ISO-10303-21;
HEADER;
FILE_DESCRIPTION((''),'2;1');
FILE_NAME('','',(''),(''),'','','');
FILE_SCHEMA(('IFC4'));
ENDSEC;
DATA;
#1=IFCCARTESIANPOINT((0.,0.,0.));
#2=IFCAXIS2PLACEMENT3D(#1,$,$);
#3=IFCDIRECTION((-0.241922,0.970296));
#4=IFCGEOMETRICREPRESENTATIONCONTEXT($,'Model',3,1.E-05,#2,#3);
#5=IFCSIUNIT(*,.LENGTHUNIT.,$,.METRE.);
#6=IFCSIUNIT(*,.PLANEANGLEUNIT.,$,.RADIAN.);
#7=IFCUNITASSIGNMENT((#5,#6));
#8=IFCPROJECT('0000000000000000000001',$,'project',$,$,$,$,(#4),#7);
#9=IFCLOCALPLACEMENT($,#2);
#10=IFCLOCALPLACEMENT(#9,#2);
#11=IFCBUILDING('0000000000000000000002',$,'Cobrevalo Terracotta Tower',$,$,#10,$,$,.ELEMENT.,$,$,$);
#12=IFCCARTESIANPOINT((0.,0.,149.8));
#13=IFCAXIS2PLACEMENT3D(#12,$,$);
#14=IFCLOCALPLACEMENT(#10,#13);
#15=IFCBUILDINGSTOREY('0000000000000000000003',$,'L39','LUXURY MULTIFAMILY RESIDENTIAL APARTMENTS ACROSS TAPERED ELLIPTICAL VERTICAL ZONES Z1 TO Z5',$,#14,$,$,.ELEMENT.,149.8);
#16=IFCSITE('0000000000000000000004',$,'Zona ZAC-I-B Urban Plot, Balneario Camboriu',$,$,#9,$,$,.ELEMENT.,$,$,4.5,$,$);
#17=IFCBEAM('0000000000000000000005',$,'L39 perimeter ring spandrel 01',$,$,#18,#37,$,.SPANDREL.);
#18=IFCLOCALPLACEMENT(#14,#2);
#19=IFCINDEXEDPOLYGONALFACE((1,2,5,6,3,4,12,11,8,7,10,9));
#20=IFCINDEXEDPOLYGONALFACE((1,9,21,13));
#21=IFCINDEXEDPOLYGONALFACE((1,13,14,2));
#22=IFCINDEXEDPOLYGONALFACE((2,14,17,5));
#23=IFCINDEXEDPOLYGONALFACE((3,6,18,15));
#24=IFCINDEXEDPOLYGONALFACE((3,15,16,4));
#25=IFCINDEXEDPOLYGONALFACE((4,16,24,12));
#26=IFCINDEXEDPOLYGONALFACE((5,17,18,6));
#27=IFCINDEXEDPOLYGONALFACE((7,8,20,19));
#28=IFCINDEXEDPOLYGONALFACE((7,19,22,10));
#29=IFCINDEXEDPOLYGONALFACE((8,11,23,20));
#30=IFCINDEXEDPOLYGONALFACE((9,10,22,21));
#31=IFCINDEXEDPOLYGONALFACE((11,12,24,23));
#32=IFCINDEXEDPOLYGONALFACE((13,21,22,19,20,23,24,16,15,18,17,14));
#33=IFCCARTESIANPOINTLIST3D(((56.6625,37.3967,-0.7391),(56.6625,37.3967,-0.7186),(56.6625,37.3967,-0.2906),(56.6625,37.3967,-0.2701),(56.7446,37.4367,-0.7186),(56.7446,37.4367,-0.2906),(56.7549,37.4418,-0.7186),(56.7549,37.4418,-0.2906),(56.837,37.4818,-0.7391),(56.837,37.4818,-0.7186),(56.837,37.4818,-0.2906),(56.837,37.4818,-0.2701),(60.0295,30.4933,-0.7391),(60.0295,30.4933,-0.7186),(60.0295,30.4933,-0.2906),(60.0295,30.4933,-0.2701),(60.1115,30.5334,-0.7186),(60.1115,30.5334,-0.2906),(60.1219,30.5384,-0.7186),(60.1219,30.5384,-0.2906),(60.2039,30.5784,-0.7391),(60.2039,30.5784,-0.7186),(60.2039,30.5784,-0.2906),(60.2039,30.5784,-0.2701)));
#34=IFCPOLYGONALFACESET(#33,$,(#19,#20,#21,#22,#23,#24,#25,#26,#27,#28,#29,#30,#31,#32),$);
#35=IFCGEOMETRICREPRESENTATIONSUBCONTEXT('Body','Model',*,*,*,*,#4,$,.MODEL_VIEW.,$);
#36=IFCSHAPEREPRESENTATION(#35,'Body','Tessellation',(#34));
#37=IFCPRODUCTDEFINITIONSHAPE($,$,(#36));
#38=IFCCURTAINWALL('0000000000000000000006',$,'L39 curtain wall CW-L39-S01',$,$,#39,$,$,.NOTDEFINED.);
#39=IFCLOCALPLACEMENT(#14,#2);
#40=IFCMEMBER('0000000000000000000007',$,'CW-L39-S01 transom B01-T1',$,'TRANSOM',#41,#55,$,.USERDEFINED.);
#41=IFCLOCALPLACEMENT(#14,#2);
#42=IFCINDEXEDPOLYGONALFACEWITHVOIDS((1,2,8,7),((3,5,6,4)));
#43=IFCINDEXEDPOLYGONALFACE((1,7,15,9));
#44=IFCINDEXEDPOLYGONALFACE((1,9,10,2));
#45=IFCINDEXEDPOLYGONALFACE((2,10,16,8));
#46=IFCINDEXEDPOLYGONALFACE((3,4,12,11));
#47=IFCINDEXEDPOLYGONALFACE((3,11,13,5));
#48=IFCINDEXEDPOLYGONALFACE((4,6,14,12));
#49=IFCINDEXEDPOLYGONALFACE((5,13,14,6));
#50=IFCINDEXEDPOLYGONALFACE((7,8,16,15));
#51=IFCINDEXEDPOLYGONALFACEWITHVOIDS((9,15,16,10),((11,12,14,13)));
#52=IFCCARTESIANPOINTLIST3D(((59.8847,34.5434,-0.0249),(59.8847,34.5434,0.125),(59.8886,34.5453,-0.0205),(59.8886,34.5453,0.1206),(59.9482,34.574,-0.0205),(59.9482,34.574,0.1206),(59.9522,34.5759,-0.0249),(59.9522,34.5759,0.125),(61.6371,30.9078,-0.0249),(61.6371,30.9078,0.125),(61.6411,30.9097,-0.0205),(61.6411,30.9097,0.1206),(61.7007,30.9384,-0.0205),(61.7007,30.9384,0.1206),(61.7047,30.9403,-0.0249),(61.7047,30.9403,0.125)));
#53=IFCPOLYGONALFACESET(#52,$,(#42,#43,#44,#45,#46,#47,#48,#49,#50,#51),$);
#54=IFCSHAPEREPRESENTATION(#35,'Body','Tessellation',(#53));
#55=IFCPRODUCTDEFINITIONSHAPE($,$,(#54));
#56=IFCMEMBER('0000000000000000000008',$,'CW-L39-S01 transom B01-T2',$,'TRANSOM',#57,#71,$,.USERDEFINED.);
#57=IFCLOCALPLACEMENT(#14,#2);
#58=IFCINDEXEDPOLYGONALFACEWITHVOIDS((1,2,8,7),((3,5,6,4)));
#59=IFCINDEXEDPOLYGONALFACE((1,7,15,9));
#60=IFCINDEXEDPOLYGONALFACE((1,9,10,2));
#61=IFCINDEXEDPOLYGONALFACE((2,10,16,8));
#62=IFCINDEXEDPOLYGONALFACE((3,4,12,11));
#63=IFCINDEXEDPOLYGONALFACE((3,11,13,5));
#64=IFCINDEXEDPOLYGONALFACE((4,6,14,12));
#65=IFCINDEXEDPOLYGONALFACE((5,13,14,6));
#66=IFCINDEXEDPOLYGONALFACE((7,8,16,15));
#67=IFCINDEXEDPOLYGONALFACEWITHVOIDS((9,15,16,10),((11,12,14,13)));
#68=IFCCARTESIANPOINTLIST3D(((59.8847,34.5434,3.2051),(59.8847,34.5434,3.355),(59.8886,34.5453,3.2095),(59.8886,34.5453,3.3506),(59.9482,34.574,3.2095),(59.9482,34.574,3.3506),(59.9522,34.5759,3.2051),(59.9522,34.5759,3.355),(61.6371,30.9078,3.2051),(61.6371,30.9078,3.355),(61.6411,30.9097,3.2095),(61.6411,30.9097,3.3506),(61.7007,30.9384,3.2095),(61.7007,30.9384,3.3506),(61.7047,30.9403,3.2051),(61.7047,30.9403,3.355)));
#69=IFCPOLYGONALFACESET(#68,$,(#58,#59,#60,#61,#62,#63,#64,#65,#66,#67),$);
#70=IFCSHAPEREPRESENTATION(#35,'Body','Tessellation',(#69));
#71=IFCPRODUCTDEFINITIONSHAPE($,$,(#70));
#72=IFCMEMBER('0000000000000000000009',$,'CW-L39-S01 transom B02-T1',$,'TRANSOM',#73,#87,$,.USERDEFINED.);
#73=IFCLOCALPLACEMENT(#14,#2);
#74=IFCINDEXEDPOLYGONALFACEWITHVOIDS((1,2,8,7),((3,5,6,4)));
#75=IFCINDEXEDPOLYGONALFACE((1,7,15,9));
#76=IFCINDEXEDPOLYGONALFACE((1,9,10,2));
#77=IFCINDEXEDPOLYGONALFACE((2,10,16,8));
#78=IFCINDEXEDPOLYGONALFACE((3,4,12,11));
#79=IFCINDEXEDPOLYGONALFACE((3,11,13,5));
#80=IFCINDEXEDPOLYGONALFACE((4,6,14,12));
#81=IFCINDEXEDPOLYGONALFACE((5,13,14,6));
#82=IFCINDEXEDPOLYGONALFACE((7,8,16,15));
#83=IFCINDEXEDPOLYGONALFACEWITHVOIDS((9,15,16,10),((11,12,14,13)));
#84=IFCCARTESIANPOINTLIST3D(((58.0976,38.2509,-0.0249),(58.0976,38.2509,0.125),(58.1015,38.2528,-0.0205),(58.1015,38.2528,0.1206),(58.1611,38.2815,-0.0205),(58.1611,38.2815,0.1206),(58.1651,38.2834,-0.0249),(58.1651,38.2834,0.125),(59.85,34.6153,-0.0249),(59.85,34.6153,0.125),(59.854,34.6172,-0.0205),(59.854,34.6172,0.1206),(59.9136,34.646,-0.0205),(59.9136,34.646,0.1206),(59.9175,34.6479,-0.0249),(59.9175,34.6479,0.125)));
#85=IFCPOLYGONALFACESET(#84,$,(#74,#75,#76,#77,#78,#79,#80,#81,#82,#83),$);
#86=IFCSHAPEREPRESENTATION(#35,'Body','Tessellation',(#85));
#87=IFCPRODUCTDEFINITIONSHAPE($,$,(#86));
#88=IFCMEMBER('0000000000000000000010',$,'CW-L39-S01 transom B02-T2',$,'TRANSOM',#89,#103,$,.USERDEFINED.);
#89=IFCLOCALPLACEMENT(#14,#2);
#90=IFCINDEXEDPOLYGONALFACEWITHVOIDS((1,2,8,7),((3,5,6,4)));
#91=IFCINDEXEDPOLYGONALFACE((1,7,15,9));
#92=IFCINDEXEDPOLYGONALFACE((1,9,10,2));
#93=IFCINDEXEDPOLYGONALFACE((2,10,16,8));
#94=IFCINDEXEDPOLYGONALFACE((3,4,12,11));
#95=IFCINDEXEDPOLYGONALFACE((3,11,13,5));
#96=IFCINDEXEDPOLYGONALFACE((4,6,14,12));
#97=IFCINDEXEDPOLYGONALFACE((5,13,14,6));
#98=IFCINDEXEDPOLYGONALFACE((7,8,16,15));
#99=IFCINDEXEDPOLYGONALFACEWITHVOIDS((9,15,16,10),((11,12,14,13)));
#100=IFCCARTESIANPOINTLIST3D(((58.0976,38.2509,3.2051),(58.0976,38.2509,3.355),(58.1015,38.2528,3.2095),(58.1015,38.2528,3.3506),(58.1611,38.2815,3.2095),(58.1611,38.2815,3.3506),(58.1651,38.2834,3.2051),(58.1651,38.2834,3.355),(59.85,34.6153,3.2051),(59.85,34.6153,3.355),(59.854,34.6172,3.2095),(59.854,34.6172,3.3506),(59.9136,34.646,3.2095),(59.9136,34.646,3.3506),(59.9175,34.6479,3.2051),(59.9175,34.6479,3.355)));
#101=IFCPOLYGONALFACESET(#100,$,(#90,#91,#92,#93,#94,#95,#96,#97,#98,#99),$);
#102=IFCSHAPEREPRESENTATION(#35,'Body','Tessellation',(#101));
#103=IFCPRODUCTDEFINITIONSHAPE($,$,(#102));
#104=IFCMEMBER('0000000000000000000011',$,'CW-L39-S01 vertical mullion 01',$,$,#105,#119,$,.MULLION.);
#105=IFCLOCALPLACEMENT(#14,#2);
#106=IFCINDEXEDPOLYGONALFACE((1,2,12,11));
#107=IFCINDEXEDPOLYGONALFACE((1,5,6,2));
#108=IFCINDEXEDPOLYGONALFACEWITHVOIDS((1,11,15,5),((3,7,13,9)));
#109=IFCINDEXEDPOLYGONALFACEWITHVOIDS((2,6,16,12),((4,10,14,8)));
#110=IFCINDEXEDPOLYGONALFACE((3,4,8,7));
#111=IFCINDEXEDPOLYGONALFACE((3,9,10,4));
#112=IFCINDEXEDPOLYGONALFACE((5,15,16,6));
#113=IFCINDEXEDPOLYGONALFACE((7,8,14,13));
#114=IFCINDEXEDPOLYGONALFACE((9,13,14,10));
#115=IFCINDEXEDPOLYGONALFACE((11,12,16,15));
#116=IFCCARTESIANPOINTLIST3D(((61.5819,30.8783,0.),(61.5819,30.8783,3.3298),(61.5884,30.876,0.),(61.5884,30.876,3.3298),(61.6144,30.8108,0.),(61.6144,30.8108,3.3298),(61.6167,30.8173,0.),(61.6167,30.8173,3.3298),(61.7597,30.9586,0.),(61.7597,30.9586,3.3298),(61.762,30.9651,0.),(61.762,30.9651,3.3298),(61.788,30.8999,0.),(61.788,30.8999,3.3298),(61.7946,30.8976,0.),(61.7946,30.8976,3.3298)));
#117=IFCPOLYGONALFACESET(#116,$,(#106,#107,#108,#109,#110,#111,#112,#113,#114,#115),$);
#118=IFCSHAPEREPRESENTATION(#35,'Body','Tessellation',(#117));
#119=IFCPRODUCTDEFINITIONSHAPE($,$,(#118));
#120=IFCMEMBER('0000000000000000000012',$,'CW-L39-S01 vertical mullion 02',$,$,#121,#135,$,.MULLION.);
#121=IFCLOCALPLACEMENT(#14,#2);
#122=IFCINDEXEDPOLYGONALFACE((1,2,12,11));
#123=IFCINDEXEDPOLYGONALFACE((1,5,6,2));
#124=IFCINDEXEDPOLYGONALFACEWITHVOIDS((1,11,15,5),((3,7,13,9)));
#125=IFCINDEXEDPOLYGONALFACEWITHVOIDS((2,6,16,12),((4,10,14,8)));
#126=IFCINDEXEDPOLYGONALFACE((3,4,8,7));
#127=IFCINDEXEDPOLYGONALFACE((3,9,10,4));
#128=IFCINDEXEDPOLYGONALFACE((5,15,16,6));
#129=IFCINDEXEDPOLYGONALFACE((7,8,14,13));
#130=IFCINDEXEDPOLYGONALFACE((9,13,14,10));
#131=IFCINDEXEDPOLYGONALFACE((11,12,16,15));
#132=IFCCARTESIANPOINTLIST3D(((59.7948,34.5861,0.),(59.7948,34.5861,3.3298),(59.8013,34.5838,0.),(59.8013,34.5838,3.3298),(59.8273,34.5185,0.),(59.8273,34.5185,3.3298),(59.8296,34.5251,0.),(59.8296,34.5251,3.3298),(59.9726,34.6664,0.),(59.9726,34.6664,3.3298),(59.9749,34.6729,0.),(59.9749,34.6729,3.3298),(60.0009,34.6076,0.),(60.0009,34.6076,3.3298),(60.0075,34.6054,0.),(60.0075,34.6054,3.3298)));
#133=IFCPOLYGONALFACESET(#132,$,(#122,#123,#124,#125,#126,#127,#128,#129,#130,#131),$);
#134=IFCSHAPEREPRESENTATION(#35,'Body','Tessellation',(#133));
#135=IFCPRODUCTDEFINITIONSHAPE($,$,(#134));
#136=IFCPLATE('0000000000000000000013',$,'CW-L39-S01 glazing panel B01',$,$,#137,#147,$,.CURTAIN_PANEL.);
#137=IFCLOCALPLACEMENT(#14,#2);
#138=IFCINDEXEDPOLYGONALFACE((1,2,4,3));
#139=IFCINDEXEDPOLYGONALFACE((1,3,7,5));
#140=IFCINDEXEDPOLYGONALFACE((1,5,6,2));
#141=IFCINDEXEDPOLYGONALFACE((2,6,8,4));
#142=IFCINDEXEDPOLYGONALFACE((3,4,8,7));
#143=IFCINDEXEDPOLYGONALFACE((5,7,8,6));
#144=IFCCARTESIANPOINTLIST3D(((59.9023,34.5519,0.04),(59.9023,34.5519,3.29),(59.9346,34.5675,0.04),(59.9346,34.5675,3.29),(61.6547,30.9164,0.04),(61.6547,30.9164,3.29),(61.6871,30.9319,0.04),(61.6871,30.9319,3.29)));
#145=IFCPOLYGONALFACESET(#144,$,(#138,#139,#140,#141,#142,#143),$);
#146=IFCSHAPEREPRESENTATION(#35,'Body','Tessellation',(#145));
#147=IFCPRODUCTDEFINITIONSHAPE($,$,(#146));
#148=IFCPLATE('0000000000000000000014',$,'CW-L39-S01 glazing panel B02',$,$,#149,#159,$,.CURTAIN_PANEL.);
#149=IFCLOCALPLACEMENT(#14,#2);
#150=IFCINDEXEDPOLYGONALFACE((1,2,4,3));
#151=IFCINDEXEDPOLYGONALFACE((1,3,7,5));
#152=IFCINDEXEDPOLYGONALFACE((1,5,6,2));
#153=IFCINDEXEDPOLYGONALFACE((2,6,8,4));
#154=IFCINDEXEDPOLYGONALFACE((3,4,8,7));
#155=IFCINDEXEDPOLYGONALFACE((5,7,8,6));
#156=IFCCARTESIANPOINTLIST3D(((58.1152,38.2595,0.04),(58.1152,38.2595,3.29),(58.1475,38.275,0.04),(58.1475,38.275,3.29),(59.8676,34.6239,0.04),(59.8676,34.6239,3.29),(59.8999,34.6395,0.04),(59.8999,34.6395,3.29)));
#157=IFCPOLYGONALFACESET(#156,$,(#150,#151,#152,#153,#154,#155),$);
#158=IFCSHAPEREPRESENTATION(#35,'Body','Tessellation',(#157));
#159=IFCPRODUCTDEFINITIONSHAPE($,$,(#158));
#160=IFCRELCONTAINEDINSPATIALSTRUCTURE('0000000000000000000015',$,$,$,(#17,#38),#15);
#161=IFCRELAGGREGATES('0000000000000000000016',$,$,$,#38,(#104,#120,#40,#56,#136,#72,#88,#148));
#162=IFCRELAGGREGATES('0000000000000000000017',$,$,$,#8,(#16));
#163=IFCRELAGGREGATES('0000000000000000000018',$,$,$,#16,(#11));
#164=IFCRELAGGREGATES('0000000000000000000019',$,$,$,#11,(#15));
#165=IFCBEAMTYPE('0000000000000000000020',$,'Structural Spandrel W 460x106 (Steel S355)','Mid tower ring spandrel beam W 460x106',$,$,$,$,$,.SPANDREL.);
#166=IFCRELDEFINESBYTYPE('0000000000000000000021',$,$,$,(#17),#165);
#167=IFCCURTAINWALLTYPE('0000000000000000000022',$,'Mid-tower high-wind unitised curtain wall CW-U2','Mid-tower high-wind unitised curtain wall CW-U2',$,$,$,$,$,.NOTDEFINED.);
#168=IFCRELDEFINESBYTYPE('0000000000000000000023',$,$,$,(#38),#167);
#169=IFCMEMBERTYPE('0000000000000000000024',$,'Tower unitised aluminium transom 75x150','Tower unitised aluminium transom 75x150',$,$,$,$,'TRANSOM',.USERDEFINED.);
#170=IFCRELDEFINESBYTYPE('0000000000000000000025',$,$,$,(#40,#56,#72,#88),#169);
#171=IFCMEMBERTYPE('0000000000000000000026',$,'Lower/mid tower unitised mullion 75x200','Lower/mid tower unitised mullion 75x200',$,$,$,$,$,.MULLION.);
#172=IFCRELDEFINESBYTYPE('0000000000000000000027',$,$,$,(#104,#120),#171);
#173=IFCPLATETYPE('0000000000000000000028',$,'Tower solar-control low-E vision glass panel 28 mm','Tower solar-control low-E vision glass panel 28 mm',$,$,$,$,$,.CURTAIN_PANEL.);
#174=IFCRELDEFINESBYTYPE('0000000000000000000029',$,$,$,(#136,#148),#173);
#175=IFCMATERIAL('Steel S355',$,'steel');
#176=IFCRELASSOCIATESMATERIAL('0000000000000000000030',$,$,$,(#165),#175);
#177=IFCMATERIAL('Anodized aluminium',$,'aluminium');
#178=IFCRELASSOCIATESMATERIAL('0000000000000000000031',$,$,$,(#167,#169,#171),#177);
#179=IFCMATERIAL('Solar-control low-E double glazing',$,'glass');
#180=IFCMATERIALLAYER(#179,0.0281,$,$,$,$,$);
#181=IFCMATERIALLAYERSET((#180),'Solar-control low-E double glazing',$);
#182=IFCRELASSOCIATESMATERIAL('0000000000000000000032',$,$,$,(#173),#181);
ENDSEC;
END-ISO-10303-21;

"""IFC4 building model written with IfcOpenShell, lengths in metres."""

from ifc_helpers import new_model, si_unit, direction, frame, origin, origin_2d, place, context, subcontext, project, spatial, rectangle, hollow_rectangle, i_section, extrude, source, transform, mapped, material, layer, layer_set, material_profile, profile_set, type_object, element, aggregate, save


model = new_model("IFC4")

# Units and contexts
model_context = context("Model", 3, precision=1e-05, world=origin(), true_north=direction((-0.241922, 0.970296)))
body_context = subcontext(model_context, "Body", "Model", "MODEL_VIEW")
ifc_project = project(units=[si_unit("LENGTHUNIT", "METRE"), si_unit("PLANEANGLEUNIT", "RADIAN")], contexts=[model_context])

# Site, building, storey
site_placement = place(None, origin())
site = spatial("IfcSite", under=ifc_project, at=site_placement, Name="Zona ZAC-I-B Urban Plot, Balneario Camboriu", CompositionType="ELEMENT", RefElevation=4.5)
building_placement = place(site_placement, origin())
building = spatial("IfcBuilding", under=site, at=building_placement, Name="Cobrevalo Terracotta Tower", CompositionType="ELEMENT")
storey_placement = place(building_placement, frame((0.0, 0.0, 149.8)))
storey = spatial("IfcBuildingStorey", under=building, at=storey_placement, Name="L39", Description="LUXURY MULTIFAMILY RESIDENTIAL APARTMENTS ACROSS TAPERED ELLIPTICAL VERTICAL ZONES Z1 TO Z5", CompositionType="ELEMENT", Elevation=149.8)

# Shared definitions
ifc_material_1 = material(Name="Steel S355", Category="steel")

# Beam
ifc_material_profile_1 = material_profile(ifc_material_1, i_section(OverallWidth=0.1941, OverallDepth=0.469, WebThickness=0.0115, FlangeThickness=0.0205, at=origin_2d()), Name="W 460x106")
ifc_profile_set_1 = profile_set([ifc_material_profile_1], Name="Steel S355")
beam_type_1 = type_object("IfcBeamType", Name="Structural Spandrel W 460x106 (Steel S355)", Description="Mid tower ring spandrel beam W 460x106", PredefinedType="SPANDREL", material=ifc_profile_set_1)
beam_1_placement = place(storey_placement, frame((60.1167, 30.5359, -0.5046), z_axis=(-0.438368, 0.898796, 0.0), x_axis=(-0.898796, -0.438368, 0.0)))
element("IfcBeam", 1, at=beam_1_placement, inside=storey, type_object=beam_type_1, Name="L39 perimeter ring spandrel 01", PredefinedType="SPANDREL", context=body_context, shape_type="SweptSolid", body=[
    extrude(i_section(OverallWidth=0.1941, OverallDepth=0.469, WebThickness=0.0115, FlangeThickness=0.0205, at=origin_2d()), origin(), (0.0, 0.0, 1.0), 7.6807),
])

# Curtain wall, members, plates
ifc_material_2 = material(Name="Anodized aluminium", Category="aluminium")
curtain_wall_type = type_object("IfcCurtainWallType", Name="Mid-tower high-wind unitised curtain wall CW-U2", Description="Mid-tower high-wind unitised curtain wall CW-U2", PredefinedType="NOTDEFINED", material=ifc_material_2)
curtain_wall_placement = place(storey_placement, origin())
curtain_wall = element("IfcCurtainWall", 2, at=curtain_wall_placement, inside=storey, type_object=curtain_wall_type, Name="L39 curtain wall CW-L39-S01", PredefinedType="NOTDEFINED")
ifc_material_profile_2 = material_profile(ifc_material_2, hollow_rectangle(XDim=0.075, YDim=0.1499, WallThickness=0.0044, at=origin_2d()), Name="CWT 75x150")
ifc_profile_set_2 = profile_set([ifc_material_profile_2], Name="Anodized aluminium")
member_type_1 = type_object("IfcMemberType", Name="Tower unitised aluminium transom 75x150", Description="Tower unitised aluminium transom 75x150", ElementType="TRANSOM", PredefinedType="USERDEFINED", material=ifc_profile_set_2)
shared_shape_1 = source(origin(), body_context, "Body", "SweptSolid", [
    extrude(hollow_rectangle(XDim=0.075, YDim=0.1499, WallThickness=0.0044, at=origin_2d()), origin(), (0.0, 0.0, 1.0), 4.0359),
])
member_1_placement = place(storey_placement, frame((61.6709, 30.9241, 0.05), z_axis=(-0.434221, 0.900806, 0.0), x_axis=(-0.900806, -0.434221, 0.0)))
member_1 = element("IfcMember", 3, at=member_1_placement, type_object=member_type_1, Name="CW-L39-S01 transom B01-T1", ObjectType="TRANSOM", PredefinedType="USERDEFINED", context=body_context, shape_type="MappedRepresentation", body=[
    mapped(shared_shape_1, transform((0.0, 0.0, 0.0), scale=1.0)),
])
member_2_placement = place(storey_placement, frame((61.6709, 30.9241, 3.28), z_axis=(-0.434221, 0.900806, 0.0), x_axis=(-0.900806, -0.434221, 0.0)))
member_2 = element("IfcMember", 4, at=member_2_placement, type_object=member_type_1, Name="CW-L39-S01 transom B01-T2", ObjectType="TRANSOM", PredefinedType="USERDEFINED", context=body_context, shape_type="MappedRepresentation", body=[
    mapped(shared_shape_1, transform((0.0, 0.0, 0.0), scale=1.0)),
])
member_3_placement = place(storey_placement, frame((59.8838, 34.6316, 0.05), z_axis=(-0.434221, 0.900806, 0.0), x_axis=(-0.900806, -0.434221, 0.0)))
member_3 = element("IfcMember", 5, at=member_3_placement, type_object=member_type_1, Name="CW-L39-S01 transom B02-T1", ObjectType="TRANSOM", PredefinedType="USERDEFINED", context=body_context, shape_type="MappedRepresentation", body=[
    mapped(shared_shape_1, transform((0.0, 0.0, 0.0), scale=1.0)),
])
member_4_placement = place(storey_placement, frame((59.8838, 34.6316, 3.28), z_axis=(-0.434221, 0.900806, 0.0), x_axis=(-0.900806, -0.434221, 0.0)))
member_4 = element("IfcMember", 6, at=member_4_placement, type_object=member_type_1, Name="CW-L39-S01 transom B02-T2", ObjectType="TRANSOM", PredefinedType="USERDEFINED", context=body_context, shape_type="MappedRepresentation", body=[
    mapped(shared_shape_1, transform((0.0, 0.0, 0.0), scale=1.0)),
])
ifc_material_profile_3 = material_profile(ifc_material_2, hollow_rectangle(XDim=0.075, YDim=0.2, WallThickness=0.0049, at=origin_2d()), Name="CWM 75x200")
ifc_profile_set_3 = profile_set([ifc_material_profile_3], Name="Anodized aluminium")
member_type_2 = type_object("IfcMemberType", Name="Lower/mid tower unitised mullion 75x200", Description="Lower/mid tower unitised mullion 75x200", PredefinedType="MULLION", material=ifc_profile_set_3)
shared_shape_2 = source(origin(), body_context, "Body", "SweptSolid", [
    extrude(hollow_rectangle(XDim=0.075, YDim=0.2, WallThickness=0.0049, at=origin_2d()), origin(), (0.0, 0.0, 1.0), 3.3298),
])
member_5_placement = place(storey_placement, frame((61.6882, 30.8879, 0.0), z_axis=(0.0, 0.0, 1.0), x_axis=(-0.434209, 0.900812, 0.0)))
member_5 = element("IfcMember", 7, at=member_5_placement, type_object=member_type_2, Name="CW-L39-S01 vertical mullion 01", PredefinedType="MULLION", context=body_context, shape_type="MappedRepresentation", body=[
    mapped(shared_shape_2, transform((0.0, 0.0, 0.0), scale=1.0)),
])
member_6_placement = place(storey_placement, frame((59.9011, 34.5957, 0.0), z_axis=(0.0, 0.0, 1.0), x_axis=(-0.434209, 0.900812, 0.0)))
member_6 = element("IfcMember", 8, at=member_6_placement, type_object=member_type_2, Name="CW-L39-S01 vertical mullion 02", PredefinedType="MULLION", context=body_context, shape_type="MappedRepresentation", body=[
    mapped(shared_shape_2, transform((0.0, 0.0, 0.0), scale=1.0)),
])
ifc_material_3 = material(Name="Solar-control low-E double glazing", Category="glass")
ifc_layer_1 = layer(ifc_material_3, 0.0281)
ifc_layer_set_1 = layer_set([ifc_layer_1], Name="Solar-control low-E double glazing")
plate_type = type_object("IfcPlateType", Name="Tower solar-control low-E vision glass panel 28 mm", Description="Tower solar-control low-E vision glass panel 28 mm", PredefinedType="CURTAIN_PANEL", material=ifc_layer_set_1)
shared_shape_3 = source(origin(), body_context, "Body", "SweptSolid", [
    extrude(rectangle(XDim=4.0359, YDim=0.0359, at=origin_2d()), origin(), (0.0, 0.0, 1.0), 3.25),
])
plate_1_placement = place(storey_placement, frame((60.7947, 32.7419, 0.04), z_axis=(0.0, 0.0, 1.0), x_axis=(-0.434209, 0.900812, 0.0)))
plate_1 = element("IfcPlate", 9, at=plate_1_placement, type_object=plate_type, Name="CW-L39-S01 glazing panel B01", PredefinedType="CURTAIN_PANEL", context=body_context, shape_type="MappedRepresentation", body=[
    mapped(shared_shape_3, transform((0.0, 0.0, 0.0), scale=1.0)),
])
plate_2_placement = place(storey_placement, frame((59.0076, 36.4495, 0.04), z_axis=(0.0, 0.0, 1.0), x_axis=(-0.434209, 0.900812, 0.0)))
plate_2 = element("IfcPlate", 10, at=plate_2_placement, type_object=plate_type, Name="CW-L39-S01 glazing panel B02", PredefinedType="CURTAIN_PANEL", context=body_context, shape_type="MappedRepresentation", body=[
    mapped(shared_shape_3, transform((0.0, 0.0, 0.0), scale=1.0)),
])
aggregate(curtain_wall, [member_5, member_6, member_1, member_2, plate_1, member_3, member_4, plate_2])

save(model, "model.ifc")
